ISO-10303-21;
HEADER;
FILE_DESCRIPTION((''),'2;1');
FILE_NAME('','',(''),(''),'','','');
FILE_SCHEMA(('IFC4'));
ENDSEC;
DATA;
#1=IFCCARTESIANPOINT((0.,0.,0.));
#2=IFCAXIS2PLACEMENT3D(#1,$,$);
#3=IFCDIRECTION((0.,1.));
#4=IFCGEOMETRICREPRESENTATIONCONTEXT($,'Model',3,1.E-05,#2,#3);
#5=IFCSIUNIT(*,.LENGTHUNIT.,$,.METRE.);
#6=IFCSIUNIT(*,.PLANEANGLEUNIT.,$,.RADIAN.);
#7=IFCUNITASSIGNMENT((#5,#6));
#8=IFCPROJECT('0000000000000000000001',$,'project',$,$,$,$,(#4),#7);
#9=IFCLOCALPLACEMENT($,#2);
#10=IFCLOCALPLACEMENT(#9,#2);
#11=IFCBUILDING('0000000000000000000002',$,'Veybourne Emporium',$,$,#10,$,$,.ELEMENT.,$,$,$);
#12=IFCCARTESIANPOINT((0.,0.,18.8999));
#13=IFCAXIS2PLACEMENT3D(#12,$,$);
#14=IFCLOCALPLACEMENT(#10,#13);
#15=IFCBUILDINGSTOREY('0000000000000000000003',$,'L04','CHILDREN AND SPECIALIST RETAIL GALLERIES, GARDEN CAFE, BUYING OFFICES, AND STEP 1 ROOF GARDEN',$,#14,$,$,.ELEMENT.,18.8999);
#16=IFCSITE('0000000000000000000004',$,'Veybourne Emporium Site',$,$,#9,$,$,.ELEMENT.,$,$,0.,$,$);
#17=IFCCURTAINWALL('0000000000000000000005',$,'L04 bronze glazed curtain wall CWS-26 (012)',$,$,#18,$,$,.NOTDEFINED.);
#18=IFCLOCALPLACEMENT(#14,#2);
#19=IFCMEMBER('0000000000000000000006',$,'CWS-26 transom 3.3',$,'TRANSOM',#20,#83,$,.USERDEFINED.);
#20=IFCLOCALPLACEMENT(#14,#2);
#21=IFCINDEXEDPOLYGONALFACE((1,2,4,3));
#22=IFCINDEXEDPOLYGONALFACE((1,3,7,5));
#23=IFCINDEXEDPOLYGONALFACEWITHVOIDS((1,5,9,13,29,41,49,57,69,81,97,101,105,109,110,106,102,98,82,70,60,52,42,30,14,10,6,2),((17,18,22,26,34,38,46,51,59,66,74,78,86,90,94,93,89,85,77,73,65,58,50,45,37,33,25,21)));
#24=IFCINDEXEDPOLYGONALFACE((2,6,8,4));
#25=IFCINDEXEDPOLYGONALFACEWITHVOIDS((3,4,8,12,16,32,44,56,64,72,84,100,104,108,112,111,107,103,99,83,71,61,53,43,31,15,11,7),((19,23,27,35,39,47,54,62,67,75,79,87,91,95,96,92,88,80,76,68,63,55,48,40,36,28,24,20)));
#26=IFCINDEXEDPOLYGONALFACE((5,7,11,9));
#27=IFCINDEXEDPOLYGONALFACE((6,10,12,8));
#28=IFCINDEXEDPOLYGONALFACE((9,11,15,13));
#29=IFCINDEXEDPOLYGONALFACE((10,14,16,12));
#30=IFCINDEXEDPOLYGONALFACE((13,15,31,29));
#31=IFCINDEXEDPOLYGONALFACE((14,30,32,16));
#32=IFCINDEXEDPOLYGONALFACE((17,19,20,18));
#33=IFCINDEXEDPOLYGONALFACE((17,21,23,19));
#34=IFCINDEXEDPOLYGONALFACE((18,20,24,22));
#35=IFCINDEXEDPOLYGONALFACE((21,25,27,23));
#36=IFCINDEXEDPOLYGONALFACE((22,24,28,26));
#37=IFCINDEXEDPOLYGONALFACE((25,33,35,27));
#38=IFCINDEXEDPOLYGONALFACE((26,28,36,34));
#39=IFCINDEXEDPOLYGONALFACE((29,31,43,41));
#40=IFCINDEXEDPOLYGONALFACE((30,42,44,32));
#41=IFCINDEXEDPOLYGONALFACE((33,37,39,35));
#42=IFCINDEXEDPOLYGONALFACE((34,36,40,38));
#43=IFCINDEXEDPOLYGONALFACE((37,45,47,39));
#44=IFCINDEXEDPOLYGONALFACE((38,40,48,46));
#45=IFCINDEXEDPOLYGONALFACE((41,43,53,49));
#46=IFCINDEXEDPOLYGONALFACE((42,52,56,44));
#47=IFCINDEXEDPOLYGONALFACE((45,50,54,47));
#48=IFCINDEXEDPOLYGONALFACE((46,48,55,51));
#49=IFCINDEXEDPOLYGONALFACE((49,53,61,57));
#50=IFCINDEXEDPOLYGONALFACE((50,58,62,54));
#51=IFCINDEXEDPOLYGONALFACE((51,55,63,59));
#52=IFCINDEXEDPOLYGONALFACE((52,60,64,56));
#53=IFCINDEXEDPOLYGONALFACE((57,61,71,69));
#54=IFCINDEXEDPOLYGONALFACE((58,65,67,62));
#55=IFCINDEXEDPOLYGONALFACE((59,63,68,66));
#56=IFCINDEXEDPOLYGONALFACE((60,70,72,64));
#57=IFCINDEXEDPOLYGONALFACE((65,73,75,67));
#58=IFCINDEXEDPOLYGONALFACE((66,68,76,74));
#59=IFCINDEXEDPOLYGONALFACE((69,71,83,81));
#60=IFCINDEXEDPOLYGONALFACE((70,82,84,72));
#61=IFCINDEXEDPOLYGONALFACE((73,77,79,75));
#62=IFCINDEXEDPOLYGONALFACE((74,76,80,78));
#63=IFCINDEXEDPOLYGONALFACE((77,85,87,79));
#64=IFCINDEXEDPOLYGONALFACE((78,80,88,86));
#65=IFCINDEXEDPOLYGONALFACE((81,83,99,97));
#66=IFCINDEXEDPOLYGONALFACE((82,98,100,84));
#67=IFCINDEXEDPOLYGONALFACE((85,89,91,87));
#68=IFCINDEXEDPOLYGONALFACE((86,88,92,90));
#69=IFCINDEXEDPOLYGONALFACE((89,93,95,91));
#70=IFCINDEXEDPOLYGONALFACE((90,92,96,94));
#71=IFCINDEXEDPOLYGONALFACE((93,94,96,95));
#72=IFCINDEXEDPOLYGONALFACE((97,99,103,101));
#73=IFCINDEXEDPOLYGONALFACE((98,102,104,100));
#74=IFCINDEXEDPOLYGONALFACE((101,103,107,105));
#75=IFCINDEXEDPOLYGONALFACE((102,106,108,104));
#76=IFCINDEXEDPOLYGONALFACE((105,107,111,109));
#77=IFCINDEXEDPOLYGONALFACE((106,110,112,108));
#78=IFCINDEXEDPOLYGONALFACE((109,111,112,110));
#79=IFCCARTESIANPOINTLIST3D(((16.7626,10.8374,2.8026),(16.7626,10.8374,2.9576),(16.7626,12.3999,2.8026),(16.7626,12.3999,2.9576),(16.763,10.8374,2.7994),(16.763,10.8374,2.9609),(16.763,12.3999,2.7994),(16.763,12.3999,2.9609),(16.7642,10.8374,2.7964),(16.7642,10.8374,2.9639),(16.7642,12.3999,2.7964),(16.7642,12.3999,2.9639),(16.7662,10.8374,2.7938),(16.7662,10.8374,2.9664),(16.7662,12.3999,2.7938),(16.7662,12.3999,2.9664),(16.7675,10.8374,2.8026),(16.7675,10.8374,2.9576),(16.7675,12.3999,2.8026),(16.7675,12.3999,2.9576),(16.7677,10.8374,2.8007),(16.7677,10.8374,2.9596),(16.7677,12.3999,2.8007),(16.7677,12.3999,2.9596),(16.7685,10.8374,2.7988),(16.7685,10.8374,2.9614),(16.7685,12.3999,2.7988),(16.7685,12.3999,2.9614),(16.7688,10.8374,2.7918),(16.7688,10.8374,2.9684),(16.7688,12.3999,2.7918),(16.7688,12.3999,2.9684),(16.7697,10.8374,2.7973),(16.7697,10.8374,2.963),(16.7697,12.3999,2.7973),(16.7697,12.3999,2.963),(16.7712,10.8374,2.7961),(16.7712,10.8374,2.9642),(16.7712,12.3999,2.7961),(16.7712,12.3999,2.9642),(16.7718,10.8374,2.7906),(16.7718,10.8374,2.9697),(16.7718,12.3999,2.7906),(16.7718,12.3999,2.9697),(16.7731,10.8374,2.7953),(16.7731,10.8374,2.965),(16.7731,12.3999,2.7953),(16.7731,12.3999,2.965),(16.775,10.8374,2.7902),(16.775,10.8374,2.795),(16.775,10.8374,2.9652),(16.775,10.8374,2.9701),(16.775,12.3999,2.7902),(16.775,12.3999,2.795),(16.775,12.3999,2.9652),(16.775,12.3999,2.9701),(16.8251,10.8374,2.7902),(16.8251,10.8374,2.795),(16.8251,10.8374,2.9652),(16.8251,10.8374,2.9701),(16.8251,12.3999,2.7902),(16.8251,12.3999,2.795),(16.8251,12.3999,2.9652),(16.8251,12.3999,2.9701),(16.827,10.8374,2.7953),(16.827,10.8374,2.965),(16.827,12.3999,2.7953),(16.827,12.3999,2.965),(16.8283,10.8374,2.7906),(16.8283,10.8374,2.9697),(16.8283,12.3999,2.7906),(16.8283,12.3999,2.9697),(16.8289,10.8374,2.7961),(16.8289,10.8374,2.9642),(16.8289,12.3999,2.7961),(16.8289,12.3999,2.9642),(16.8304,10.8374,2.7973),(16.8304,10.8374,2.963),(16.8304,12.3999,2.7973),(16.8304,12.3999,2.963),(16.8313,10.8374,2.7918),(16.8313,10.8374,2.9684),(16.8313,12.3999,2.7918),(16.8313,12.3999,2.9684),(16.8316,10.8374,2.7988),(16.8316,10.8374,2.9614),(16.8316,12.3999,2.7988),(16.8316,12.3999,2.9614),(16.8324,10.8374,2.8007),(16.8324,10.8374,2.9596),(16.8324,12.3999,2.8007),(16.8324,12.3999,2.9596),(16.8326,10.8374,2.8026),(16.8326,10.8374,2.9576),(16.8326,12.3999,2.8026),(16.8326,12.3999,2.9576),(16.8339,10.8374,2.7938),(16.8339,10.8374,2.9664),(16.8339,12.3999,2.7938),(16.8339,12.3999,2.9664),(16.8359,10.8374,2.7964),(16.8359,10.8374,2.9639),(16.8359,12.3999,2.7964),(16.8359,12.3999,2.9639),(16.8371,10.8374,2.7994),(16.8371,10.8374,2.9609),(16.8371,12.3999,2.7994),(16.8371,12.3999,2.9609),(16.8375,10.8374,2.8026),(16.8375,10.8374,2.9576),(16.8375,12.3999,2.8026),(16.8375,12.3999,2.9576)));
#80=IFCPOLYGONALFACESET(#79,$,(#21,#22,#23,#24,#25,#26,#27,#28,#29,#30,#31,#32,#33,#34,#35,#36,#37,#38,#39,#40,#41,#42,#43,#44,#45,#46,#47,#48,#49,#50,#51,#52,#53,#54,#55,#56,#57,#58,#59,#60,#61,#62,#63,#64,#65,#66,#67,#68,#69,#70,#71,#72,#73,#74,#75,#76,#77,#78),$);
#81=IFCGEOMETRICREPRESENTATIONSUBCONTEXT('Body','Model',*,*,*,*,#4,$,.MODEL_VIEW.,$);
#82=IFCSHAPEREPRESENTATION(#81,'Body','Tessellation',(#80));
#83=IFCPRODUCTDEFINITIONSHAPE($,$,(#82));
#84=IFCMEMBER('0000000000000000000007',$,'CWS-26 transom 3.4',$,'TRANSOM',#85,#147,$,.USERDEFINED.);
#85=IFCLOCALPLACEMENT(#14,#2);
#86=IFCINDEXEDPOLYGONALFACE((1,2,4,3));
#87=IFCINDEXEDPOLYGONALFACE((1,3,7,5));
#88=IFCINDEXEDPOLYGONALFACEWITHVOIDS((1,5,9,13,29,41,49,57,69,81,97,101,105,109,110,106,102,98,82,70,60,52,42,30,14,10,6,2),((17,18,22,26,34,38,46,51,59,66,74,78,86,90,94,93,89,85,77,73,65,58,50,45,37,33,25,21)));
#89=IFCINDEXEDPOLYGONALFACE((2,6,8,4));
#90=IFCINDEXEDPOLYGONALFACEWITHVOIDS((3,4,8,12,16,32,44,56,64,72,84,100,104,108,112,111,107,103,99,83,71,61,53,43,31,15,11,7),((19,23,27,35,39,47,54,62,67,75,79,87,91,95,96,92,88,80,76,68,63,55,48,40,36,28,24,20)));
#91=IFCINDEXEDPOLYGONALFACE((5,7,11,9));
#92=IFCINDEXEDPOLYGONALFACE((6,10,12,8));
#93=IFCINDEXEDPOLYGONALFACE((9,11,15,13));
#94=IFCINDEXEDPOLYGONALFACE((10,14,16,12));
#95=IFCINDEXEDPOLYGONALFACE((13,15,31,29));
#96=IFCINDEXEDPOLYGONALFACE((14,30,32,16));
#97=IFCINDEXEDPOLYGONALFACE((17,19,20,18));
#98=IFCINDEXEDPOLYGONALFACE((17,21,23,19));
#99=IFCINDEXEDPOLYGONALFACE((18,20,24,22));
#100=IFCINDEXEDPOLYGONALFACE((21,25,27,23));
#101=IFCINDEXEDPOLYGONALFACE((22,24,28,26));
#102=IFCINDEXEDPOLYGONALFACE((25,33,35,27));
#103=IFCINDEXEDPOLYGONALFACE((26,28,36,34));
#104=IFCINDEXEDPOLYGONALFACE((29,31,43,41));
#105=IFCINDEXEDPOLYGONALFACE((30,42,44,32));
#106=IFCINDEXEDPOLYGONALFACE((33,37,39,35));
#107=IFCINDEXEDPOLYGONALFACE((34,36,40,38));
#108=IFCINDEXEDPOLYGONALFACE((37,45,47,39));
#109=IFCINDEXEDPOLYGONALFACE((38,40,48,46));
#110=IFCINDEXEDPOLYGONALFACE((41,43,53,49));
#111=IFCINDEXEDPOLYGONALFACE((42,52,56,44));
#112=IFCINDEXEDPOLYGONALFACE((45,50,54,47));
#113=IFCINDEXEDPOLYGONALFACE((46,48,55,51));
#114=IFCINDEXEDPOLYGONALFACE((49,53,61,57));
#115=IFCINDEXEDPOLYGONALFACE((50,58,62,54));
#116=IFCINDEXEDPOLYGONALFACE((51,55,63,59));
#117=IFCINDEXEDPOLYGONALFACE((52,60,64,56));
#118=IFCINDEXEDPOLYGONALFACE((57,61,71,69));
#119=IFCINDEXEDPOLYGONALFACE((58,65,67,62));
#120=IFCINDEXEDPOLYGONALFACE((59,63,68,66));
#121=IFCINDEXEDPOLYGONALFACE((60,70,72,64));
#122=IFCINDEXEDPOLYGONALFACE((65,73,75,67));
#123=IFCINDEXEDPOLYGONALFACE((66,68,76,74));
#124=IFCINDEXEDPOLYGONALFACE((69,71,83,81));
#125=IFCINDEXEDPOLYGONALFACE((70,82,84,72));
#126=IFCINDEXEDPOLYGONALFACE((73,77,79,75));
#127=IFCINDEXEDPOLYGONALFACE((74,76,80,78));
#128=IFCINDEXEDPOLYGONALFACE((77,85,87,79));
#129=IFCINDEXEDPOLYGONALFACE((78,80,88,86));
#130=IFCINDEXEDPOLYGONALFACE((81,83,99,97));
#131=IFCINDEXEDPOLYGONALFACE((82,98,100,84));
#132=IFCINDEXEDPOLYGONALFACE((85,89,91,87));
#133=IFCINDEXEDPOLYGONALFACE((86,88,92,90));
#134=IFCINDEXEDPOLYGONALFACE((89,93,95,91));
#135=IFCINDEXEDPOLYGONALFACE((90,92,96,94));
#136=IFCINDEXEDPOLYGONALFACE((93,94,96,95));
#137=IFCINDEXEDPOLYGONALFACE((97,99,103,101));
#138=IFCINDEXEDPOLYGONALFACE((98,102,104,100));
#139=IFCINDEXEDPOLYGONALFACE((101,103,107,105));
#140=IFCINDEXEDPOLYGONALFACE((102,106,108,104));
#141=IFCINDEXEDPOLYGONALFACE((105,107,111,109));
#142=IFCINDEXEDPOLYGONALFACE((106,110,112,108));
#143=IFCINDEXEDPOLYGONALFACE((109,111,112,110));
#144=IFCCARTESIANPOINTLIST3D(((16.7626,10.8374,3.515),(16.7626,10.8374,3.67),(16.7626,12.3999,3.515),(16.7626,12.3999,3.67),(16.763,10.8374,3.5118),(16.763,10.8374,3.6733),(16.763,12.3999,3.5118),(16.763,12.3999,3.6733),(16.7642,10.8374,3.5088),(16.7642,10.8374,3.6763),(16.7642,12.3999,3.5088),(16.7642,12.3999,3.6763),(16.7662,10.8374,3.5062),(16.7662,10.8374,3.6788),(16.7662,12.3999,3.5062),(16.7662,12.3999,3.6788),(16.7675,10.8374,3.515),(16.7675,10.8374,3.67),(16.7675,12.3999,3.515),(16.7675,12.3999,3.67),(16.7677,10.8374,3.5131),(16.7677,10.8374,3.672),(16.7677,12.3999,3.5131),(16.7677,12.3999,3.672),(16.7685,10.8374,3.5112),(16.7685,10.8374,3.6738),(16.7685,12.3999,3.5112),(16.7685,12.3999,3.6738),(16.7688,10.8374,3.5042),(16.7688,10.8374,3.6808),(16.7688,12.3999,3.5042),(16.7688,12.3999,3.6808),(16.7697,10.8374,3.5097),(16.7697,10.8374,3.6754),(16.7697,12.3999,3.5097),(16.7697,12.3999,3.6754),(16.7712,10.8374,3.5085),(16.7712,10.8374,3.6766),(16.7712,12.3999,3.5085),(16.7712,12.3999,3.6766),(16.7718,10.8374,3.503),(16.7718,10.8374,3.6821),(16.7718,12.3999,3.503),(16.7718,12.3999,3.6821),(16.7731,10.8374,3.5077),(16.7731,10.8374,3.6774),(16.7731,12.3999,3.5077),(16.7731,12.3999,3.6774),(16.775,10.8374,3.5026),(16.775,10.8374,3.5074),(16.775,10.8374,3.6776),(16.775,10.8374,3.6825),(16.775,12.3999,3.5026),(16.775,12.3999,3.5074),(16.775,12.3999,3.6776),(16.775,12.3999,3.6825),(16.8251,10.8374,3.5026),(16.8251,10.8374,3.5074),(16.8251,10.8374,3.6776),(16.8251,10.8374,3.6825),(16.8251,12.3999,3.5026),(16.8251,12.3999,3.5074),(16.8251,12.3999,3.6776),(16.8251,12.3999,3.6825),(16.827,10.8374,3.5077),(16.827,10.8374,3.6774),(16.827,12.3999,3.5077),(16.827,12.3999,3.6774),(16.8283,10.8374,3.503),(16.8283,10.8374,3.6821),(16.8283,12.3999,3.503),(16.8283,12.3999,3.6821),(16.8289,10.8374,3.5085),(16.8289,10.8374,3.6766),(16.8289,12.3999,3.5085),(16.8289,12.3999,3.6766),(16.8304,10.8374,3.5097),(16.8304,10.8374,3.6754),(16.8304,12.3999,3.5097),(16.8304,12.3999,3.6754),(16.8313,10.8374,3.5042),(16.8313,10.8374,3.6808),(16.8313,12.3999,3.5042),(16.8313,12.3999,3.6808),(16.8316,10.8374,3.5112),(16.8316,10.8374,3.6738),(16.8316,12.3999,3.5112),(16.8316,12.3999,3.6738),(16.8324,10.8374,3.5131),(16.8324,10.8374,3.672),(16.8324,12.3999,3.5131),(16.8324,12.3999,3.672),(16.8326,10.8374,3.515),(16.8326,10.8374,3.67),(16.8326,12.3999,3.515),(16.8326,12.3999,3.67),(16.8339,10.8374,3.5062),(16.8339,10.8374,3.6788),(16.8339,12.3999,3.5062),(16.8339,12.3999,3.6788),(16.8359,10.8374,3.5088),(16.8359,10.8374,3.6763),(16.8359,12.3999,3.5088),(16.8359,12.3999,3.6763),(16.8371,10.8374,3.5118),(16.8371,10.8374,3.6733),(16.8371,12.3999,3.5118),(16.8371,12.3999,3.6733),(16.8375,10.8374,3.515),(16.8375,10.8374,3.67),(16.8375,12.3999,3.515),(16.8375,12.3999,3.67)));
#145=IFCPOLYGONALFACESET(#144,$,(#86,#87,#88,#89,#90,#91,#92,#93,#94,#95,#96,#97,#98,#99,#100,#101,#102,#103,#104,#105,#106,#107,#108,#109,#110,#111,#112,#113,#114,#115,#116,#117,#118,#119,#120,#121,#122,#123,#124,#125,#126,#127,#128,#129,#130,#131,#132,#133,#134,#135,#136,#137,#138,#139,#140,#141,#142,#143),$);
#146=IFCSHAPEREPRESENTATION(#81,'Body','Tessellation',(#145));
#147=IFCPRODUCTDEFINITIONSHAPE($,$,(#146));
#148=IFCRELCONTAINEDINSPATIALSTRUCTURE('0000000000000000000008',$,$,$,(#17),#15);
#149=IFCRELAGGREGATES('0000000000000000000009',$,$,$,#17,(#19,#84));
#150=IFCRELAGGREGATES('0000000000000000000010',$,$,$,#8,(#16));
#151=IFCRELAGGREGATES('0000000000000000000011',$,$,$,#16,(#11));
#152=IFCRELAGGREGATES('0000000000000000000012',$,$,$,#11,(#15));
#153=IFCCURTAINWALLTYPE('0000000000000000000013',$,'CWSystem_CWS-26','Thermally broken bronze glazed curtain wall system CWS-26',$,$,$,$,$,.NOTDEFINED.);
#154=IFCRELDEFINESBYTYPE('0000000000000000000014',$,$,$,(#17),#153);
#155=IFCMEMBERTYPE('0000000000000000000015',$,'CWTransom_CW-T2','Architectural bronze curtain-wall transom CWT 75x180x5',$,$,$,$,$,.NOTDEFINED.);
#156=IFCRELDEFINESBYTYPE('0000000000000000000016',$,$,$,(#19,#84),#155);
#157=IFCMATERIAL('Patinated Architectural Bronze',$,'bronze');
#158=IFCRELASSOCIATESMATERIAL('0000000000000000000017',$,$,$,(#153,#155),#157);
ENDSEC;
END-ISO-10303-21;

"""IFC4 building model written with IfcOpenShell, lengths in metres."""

from ifc_helpers import new_model, si_unit, direction, frame, origin, origin_2d, place, context, subcontext, project, spatial, hollow_rectangle, extrude, material, material_profile, profile_set, type_object, element, aggregate, save


model = new_model("IFC4")

# Units and contexts
model_context = context("Model", 3, precision=1e-05, world=origin(), true_north=direction((0.0, 1.0)))
body_context = subcontext(model_context, "Body", "Model", "MODEL_VIEW")
ifc_project = project(units=[si_unit("LENGTHUNIT", "METRE"), si_unit("PLANEANGLEUNIT", "RADIAN")], contexts=[model_context])

# Site, building, storey
site_placement = place(None, origin())
site = spatial("IfcSite", under=ifc_project, at=site_placement, Name="Veybourne Emporium Site", CompositionType="ELEMENT", RefElevation=0.0)
building_placement = place(site_placement, origin())
building = spatial("IfcBuilding", under=site, at=building_placement, Name="Veybourne Emporium", CompositionType="ELEMENT")
storey_placement = place(building_placement, frame((0.0, 0.0, 18.8999)))
storey = spatial("IfcBuildingStorey", under=building, at=storey_placement, Name="L04", Description="CHILDREN AND SPECIALIST RETAIL GALLERIES, GARDEN CAFE, BUYING OFFICES, AND STEP 1 ROOF GARDEN", CompositionType="ELEMENT", Elevation=18.8999)

# Curtain wall, members
ifc_material_1 = material(Name="Patinated Architectural Bronze", Category="bronze")
curtain_wall_type = type_object("IfcCurtainWallType", Name="CWSystem_CWS-26", Description="Thermally broken bronze glazed curtain wall system CWS-26", PredefinedType="NOTDEFINED", material=ifc_material_1)
curtain_wall_placement = place(storey_placement, origin())
curtain_wall = element("IfcCurtainWall", 1, at=curtain_wall_placement, inside=storey, type_object=curtain_wall_type, Name="L04 bronze glazed curtain wall CWS-26 (012)", PredefinedType="NOTDEFINED")
ifc_material_profile_1 = material_profile(ifc_material_1, hollow_rectangle(XDim=0.075, YDim=0.1799, WallThickness=0.0049, InnerFilletRadius=0.0076, OuterFilletRadius=0.0125, at=origin_2d()), Name="CWT 75x180x5")
ifc_profile_set_1 = profile_set([ifc_material_profile_1], Name="Patinated Architectural Bronze")
member_type_1 = type_object("IfcMemberType", Name="CWTransom_CW-T2", Description="Architectural bronze curtain-wall transom CWT 75x180x5", PredefinedType="NOTDEFINED", material=ifc_profile_set_1)
member_1_placement = place(storey_placement, frame((16.8, 10.8374, 2.8801), z_axis=(0.0, 1.0, 0.0), x_axis=(-1.0, 0.0, 0.0)))
member_1 = element("IfcMember", 2, at=member_1_placement, type_object=member_type_1, Name="CWS-26 transom 3.3", ObjectType="TRANSOM", PredefinedType="USERDEFINED", context=body_context, shape_type="SweptSolid", body=[
    extrude(hollow_rectangle(XDim=0.075, YDim=0.1799, WallThickness=0.0049, InnerFilletRadius=0.0076, OuterFilletRadius=0.0125, at=origin_2d()), origin(), (0.0, 0.0, 1.0), 1.5625),
])
member_2_placement = place(storey_placement, frame((16.8, 10.8374, 3.5925), z_axis=(0.0, 1.0, 0.0), x_axis=(-1.0, 0.0, 0.0)))
member_2 = element("IfcMember", 3, at=member_2_placement, type_object=member_type_1, Name="CWS-26 transom 3.4", ObjectType="TRANSOM", PredefinedType="USERDEFINED", context=body_context, shape_type="SweptSolid", body=[
    extrude(hollow_rectangle(XDim=0.075, YDim=0.1799, WallThickness=0.0049, InnerFilletRadius=0.0076, OuterFilletRadius=0.0125, at=origin_2d()), origin(), (0.0, 0.0, 1.0), 1.5625),
])
aggregate(curtain_wall, [member_1, member_2])

save(model, "model.ifc")
